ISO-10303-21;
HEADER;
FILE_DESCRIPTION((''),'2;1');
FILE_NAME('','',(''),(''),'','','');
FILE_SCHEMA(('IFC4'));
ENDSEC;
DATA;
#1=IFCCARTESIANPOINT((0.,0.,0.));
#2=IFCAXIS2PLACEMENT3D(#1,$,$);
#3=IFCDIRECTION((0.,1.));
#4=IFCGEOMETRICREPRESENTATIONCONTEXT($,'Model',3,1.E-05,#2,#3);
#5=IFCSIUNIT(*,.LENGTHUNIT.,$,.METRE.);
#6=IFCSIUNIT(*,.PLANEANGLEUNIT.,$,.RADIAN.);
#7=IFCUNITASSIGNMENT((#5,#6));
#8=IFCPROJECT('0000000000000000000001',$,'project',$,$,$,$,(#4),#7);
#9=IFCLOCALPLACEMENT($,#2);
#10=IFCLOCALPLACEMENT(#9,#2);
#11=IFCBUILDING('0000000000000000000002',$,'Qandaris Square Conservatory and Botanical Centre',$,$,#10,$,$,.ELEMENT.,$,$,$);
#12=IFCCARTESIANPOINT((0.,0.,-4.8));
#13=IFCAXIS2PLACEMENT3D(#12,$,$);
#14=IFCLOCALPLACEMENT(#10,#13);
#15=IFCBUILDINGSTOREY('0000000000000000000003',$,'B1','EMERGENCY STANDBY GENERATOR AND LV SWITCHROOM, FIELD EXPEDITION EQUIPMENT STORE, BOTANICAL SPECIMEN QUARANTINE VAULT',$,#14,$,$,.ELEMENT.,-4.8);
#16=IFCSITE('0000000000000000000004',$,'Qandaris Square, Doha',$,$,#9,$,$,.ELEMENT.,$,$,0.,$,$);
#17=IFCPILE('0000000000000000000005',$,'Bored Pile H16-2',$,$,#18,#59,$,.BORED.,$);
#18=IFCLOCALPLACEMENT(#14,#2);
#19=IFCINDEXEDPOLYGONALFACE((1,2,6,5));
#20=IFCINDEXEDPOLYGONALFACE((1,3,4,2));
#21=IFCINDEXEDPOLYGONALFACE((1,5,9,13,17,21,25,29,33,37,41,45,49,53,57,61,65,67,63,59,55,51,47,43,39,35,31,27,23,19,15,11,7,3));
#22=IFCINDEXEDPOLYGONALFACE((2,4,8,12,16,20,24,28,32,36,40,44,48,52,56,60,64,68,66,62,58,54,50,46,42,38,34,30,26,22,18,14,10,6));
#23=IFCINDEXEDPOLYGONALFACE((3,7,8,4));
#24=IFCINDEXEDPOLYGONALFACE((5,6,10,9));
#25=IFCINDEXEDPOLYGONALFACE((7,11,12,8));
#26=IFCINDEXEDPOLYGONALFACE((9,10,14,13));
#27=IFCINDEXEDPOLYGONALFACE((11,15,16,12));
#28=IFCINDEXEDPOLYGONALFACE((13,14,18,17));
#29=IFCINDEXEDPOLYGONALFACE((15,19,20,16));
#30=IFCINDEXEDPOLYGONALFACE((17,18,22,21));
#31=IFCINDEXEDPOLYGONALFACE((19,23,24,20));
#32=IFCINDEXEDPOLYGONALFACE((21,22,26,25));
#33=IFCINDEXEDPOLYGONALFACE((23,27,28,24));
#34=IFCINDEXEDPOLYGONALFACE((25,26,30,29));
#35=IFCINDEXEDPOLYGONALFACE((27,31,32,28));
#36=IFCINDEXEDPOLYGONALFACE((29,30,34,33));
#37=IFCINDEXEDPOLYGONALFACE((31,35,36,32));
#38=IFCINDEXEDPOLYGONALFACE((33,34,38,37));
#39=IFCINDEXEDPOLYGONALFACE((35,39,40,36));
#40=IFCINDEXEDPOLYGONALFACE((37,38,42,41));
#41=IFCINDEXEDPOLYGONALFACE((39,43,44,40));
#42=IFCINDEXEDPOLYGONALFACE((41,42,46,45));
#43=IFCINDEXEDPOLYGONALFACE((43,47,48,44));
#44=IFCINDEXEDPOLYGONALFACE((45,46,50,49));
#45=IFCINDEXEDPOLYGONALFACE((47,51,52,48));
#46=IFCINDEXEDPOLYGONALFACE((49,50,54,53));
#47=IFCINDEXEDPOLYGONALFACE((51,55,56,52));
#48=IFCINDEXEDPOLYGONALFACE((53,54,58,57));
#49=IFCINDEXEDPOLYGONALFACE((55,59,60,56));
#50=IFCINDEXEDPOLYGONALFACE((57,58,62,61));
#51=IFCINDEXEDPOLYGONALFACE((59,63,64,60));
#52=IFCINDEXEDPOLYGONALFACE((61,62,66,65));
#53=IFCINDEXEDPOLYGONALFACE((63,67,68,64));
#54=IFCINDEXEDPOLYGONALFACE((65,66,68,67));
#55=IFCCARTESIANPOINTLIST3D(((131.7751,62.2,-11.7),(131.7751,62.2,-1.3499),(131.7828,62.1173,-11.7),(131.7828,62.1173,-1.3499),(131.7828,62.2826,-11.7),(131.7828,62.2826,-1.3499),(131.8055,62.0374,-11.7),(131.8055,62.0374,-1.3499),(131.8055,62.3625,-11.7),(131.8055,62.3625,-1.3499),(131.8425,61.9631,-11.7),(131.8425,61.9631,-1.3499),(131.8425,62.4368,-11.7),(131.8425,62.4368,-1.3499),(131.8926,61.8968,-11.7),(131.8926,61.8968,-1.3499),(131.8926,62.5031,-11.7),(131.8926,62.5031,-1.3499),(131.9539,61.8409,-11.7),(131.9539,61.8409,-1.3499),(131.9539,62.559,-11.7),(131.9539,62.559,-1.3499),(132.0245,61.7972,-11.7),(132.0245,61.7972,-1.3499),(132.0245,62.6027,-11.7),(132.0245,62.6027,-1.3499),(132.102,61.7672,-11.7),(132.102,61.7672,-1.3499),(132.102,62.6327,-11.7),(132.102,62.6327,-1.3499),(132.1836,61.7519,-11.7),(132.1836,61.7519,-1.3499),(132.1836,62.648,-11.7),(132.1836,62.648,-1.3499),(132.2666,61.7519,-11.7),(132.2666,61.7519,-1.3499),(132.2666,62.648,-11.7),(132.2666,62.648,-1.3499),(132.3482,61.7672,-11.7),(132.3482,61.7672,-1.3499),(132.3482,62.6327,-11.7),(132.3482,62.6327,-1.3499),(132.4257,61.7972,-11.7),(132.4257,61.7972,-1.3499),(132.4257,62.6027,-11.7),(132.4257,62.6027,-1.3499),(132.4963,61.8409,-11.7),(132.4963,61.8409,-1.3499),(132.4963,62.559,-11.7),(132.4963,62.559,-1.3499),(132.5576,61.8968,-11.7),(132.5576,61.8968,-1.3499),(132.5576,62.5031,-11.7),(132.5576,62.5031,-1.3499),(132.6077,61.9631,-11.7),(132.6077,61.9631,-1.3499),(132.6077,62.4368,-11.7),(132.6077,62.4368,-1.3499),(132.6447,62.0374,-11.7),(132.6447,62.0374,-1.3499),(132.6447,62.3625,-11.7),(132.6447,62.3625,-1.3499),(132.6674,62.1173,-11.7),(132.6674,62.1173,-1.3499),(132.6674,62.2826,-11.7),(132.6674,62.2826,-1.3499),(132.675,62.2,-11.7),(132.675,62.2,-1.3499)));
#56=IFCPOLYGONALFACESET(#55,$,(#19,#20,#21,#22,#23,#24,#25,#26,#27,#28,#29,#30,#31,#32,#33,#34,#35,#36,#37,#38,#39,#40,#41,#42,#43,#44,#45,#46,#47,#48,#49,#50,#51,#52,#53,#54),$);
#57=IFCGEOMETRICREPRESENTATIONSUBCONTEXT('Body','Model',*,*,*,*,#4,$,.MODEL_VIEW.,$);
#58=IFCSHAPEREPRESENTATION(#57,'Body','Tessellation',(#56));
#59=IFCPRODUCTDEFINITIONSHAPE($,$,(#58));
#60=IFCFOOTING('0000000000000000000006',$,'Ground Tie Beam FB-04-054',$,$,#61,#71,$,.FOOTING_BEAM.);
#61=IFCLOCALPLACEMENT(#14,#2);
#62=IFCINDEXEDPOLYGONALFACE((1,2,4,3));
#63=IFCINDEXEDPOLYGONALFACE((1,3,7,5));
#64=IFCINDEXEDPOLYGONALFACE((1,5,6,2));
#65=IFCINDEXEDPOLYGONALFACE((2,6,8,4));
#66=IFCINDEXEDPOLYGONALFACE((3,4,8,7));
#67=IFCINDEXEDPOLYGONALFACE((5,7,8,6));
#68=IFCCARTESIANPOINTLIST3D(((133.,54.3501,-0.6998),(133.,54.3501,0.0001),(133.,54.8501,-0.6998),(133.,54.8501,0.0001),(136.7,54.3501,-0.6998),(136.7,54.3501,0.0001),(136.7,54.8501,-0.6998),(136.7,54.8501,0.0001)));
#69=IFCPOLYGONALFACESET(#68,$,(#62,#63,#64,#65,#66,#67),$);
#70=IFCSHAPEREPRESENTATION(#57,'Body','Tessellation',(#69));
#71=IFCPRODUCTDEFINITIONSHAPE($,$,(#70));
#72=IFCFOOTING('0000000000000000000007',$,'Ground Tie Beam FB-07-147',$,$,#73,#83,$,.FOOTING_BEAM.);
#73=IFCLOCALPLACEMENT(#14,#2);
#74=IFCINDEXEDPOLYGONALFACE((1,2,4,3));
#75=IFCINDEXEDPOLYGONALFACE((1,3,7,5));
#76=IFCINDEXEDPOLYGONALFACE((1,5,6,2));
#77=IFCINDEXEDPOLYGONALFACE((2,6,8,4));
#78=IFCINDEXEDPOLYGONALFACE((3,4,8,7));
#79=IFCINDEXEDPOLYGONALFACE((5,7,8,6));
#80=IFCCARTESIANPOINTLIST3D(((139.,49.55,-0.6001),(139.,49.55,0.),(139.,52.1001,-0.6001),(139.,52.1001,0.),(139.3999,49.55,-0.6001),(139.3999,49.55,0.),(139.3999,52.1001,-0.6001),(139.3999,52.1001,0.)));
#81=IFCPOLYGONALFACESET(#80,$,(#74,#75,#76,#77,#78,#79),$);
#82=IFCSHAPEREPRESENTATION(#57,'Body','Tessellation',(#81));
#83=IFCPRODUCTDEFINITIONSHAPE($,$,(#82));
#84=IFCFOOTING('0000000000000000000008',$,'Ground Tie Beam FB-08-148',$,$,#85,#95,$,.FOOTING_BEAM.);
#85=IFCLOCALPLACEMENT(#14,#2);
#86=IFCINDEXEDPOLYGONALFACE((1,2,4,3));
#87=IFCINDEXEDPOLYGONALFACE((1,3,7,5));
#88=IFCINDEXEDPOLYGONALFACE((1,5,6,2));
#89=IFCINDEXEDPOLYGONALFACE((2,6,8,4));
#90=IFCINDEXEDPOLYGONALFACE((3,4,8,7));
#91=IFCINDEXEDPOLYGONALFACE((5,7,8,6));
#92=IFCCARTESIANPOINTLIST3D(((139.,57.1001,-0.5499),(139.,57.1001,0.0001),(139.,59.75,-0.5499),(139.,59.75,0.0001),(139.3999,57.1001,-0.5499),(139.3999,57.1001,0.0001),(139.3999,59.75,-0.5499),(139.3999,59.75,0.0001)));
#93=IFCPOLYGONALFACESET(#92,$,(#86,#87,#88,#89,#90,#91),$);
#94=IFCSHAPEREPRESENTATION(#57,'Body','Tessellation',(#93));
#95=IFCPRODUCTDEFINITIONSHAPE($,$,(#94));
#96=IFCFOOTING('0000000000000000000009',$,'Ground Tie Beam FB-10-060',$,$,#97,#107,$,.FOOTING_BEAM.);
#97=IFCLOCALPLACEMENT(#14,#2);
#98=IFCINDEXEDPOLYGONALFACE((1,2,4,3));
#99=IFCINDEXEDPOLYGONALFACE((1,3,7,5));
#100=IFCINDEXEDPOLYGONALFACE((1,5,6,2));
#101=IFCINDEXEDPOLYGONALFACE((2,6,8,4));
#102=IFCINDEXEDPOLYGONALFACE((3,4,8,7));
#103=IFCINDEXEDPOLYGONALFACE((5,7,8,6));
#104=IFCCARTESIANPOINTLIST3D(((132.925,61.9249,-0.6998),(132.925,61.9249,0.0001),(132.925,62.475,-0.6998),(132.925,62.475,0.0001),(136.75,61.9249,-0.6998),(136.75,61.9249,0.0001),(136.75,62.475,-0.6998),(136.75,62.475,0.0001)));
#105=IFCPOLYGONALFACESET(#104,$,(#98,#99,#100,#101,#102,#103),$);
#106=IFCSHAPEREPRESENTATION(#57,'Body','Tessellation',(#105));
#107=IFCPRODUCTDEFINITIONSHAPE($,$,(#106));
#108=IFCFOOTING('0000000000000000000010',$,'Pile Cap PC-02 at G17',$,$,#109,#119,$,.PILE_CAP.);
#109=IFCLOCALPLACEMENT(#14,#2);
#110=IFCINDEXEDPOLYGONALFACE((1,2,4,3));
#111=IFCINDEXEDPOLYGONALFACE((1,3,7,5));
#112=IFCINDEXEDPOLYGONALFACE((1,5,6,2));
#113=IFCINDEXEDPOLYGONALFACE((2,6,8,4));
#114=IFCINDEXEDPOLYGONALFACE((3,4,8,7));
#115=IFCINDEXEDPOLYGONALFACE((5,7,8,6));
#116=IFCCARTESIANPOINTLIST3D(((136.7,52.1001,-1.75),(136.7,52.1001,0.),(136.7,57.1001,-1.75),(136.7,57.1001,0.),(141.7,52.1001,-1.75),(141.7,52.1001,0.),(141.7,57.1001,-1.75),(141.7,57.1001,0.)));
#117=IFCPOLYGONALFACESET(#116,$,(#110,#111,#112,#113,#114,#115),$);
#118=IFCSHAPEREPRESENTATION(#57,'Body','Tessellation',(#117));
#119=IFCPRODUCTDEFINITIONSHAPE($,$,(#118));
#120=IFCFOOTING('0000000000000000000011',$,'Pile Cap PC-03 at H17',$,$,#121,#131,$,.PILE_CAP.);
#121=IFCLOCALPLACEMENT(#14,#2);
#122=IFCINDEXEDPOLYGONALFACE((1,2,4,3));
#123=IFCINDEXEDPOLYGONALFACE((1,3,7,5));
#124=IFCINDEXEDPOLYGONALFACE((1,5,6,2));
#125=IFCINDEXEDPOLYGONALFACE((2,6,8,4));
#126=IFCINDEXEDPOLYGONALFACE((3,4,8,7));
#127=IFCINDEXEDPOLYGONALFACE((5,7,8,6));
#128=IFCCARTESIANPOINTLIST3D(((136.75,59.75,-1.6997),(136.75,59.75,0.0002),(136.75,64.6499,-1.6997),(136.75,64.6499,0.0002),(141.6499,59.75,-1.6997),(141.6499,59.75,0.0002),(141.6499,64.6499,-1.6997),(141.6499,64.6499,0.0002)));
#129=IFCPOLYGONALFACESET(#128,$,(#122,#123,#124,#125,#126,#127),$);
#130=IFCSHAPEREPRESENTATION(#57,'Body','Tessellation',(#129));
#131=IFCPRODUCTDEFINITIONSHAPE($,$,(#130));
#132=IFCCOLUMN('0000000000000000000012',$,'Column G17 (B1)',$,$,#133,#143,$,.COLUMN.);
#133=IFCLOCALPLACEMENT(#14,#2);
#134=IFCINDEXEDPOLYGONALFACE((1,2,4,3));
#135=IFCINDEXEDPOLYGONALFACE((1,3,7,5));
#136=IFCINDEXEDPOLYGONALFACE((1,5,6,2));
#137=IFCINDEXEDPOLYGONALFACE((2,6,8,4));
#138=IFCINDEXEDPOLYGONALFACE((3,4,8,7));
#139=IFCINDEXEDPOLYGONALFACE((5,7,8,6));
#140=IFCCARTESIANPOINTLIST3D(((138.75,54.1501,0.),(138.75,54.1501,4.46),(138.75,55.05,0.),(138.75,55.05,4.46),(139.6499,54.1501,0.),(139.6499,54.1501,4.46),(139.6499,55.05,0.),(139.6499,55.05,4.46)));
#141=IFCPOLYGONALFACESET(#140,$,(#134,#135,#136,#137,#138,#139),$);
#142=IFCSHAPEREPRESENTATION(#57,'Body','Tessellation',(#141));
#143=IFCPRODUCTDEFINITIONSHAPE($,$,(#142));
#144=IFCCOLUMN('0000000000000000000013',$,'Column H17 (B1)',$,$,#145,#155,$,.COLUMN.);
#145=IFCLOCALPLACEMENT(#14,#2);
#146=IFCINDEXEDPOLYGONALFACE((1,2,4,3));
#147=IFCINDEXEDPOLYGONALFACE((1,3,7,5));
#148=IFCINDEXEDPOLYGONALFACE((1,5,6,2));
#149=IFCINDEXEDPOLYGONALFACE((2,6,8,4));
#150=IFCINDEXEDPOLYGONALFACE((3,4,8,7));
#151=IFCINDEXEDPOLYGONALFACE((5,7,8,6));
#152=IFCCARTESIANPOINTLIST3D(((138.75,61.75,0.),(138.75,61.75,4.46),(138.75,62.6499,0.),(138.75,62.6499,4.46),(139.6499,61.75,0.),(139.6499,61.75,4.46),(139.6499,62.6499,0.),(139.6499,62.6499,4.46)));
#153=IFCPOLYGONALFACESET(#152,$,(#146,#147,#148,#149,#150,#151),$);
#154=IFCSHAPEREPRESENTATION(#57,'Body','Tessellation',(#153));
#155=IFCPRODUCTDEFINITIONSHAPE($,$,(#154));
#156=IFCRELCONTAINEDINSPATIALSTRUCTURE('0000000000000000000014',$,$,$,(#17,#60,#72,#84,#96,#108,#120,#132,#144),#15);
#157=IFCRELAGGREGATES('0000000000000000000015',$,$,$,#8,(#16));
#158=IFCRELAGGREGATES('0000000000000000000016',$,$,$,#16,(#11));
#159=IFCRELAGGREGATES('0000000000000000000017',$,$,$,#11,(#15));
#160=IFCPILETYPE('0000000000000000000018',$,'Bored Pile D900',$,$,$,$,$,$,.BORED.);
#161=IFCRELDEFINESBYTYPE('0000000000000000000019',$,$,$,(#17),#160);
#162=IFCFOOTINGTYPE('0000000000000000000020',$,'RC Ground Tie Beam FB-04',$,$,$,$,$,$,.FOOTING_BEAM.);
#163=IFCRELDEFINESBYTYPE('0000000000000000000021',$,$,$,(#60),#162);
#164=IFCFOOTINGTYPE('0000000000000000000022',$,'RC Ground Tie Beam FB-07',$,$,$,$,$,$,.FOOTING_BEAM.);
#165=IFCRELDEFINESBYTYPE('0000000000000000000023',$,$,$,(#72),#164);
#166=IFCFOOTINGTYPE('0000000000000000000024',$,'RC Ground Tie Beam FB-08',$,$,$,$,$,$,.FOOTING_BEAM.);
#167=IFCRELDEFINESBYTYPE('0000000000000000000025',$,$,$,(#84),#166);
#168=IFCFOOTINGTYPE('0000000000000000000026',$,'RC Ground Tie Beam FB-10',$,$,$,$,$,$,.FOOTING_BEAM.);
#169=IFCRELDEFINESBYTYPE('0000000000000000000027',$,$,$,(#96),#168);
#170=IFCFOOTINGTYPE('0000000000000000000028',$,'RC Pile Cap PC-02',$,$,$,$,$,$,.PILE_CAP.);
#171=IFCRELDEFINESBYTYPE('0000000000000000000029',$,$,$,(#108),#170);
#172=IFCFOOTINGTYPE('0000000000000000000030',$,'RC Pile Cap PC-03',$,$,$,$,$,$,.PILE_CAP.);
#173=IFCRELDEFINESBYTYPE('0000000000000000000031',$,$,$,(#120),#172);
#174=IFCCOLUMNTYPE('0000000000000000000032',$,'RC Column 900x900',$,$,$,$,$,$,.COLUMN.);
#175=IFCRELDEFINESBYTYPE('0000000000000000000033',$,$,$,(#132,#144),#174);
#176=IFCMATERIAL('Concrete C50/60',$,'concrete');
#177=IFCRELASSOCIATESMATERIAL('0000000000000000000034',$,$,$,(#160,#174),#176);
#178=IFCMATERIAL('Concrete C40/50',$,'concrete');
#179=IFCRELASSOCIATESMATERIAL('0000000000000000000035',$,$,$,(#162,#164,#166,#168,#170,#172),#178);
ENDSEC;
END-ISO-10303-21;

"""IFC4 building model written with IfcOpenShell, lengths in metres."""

from ifc_helpers import new_model, si_unit, direction, frame, origin, origin_2d, place, context, subcontext, project, spatial, rectangle, circle, extrude, material, material_profile, profile_set, type_object, element, save


model = new_model("IFC4")

# Units and contexts
model_context = context("Model", 3, precision=1e-05, world=origin(), true_north=direction((0.0, 1.0)))
body_context = subcontext(model_context, "Body", "Model", "MODEL_VIEW")
ifc_project = project(units=[si_unit("LENGTHUNIT", "METRE"), si_unit("PLANEANGLEUNIT", "RADIAN")], contexts=[model_context])

# Site, building, storey
site_placement = place(None, origin())
site = spatial("IfcSite", under=ifc_project, at=site_placement, Name="Qandaris Square, Doha", CompositionType="ELEMENT", RefElevation=0.0)
building_placement = place(site_placement, origin())
building = spatial("IfcBuilding", under=site, at=building_placement, Name="Qandaris Square Conservatory and Botanical Centre", CompositionType="ELEMENT")
storey_placement = place(building_placement, frame((0.0, 0.0, -4.8)))
storey = spatial("IfcBuildingStorey", under=building, at=storey_placement, Name="B1", Description="EMERGENCY STANDBY GENERATOR AND LV SWITCHROOM, FIELD EXPEDITION EQUIPMENT STORE, BOTANICAL SPECIMEN QUARANTINE VAULT", CompositionType="ELEMENT", Elevation=-4.8)

# Pile
ifc_material_1 = material(Name="Concrete C50/60", Category="concrete")
ifc_material_profile_1 = material_profile(ifc_material_1, circle(Radius=0.45, at=origin_2d()), Name="PILE D900")
ifc_profile_set_1 = profile_set([ifc_material_profile_1], Name="Concrete C50/60")
pile_type_1 = type_object("IfcPileType", Name="Bored Pile D900", PredefinedType="BORED", material=ifc_profile_set_1)
pile_1_placement = place(storey_placement, frame((132.2251, 62.2, -1.3499), z_axis=(0.0, 0.0, -1.0), x_axis=(1.0, 0.0, 0.0)))
element("IfcPile", 1, at=pile_1_placement, inside=storey, type_object=pile_type_1, Name="Bored Pile H16-2", PredefinedType="BORED", context=body_context, shape_type="SweptSolid", body=[
    extrude(circle(Radius=0.45, at=origin_2d()), origin(), (0.0, 0.0, 1.0), 10.3501),
])

# Footings
ifc_material_2 = material(Name="Concrete C40/50", Category="concrete")
ifc_material_profile_2 = material_profile(ifc_material_2, rectangle(XDim=0.5, YDim=0.7, at=origin_2d()), Name="FB 500x700")
ifc_profile_set_2 = profile_set([ifc_material_profile_2], Name="Concrete C40/50")
footing_type_1 = type_object("IfcFootingType", Name="RC Ground Tie Beam FB-04", PredefinedType="FOOTING_BEAM", material=ifc_profile_set_2)
footing_1_placement = place(storey_placement, frame((133.0, 54.6001, -0.3499), z_axis=(1.0, 0.0, 0.0), x_axis=(0.0, 1.0, 0.0)))
element("IfcFooting", 2, at=footing_1_placement, inside=storey, type_object=footing_type_1, Name="Ground Tie Beam FB-04-054", PredefinedType="FOOTING_BEAM", context=body_context, shape_type="SweptSolid", body=[
    extrude(rectangle(XDim=0.5, YDim=0.7, at=origin_2d()), origin(), (0.0, 0.0, 1.0), 3.7),
])
ifc_material_profile_3 = material_profile(ifc_material_2, rectangle(XDim=0.3999, YDim=0.6001, at=origin_2d()), Name="FB 400x600")
ifc_profile_set_3 = profile_set([ifc_material_profile_3], Name="Concrete C40/50")
footing_type_2 = type_object("IfcFootingType", Name="RC Ground Tie Beam FB-07", PredefinedType="FOOTING_BEAM", material=ifc_profile_set_3)
footing_2_placement = place(storey_placement, frame((139.2, 49.55, -0.3), z_axis=(0.0, 1.0, 0.0), x_axis=(-1.0, 0.0, 0.0)))
element("IfcFooting", 3, at=footing_2_placement, inside=storey, type_object=footing_type_2, Name="Ground Tie Beam FB-07-147", PredefinedType="FOOTING_BEAM", context=body_context, shape_type="SweptSolid", body=[
    extrude(rectangle(XDim=0.3999, YDim=0.6001, at=origin_2d()), origin(), (0.0, 0.0, 1.0), 2.55),
])
ifc_material_profile_4 = material_profile(ifc_material_2, rectangle(XDim=0.3999, YDim=0.55, at=origin_2d()), Name="FB 400x550")
ifc_profile_set_4 = profile_set([ifc_material_profile_4], Name="Concrete C40/50")
footing_type_3 = type_object("IfcFootingType", Name="RC Ground Tie Beam FB-08", PredefinedType="FOOTING_BEAM", material=ifc_profile_set_4)
footing_3_placement = place(storey_placement, frame((139.2, 57.1001, -0.2749), z_axis=(0.0, 1.0, 0.0), x_axis=(-1.0, 0.0, 0.0)))
element("IfcFooting", 4, at=footing_3_placement, inside=storey, type_object=footing_type_3, Name="Ground Tie Beam FB-08-148", PredefinedType="FOOTING_BEAM", context=body_context, shape_type="SweptSolid", body=[
    extrude(rectangle(XDim=0.3999, YDim=0.55, at=origin_2d()), origin(), (0.0, 0.0, 1.0), 2.6499),
])
ifc_material_profile_5 = material_profile(ifc_material_2, rectangle(XDim=0.55, YDim=0.7, at=origin_2d()), Name="FB 550x700")
ifc_profile_set_5 = profile_set([ifc_material_profile_5], Name="Concrete C40/50")
footing_type_4 = type_object("IfcFootingType", Name="RC Ground Tie Beam FB-10", PredefinedType="FOOTING_BEAM", material=ifc_profile_set_5)
footing_4_placement = place(storey_placement, frame((132.925, 62.2, -0.3499), z_axis=(1.0, 0.0, 0.0), x_axis=(0.0, 1.0, 0.0)))
element("IfcFooting", 5, at=footing_4_placement, inside=storey, type_object=footing_type_4, Name="Ground Tie Beam FB-10-060", PredefinedType="FOOTING_BEAM", context=body_context, shape_type="SweptSolid", body=[
    extrude(rectangle(XDim=0.55, YDim=0.7, at=origin_2d()), origin(), (0.0, 0.0, 1.0), 3.825),
])
footing_type_5 = type_object("IfcFootingType", Name="RC Pile Cap PC-02", PredefinedType="PILE_CAP", material=ifc_material_2)
footing_5_placement = place(storey_placement, frame((139.2, 54.6001, -1.75), z_axis=(0.0, 0.0, 1.0), x_axis=(1.0, 0.0, 0.0)))
element("IfcFooting", 6, at=footing_5_placement, inside=storey, type_object=footing_type_5, Name="Pile Cap PC-02 at G17", PredefinedType="PILE_CAP", context=body_context, shape_type="SweptSolid", body=[
    extrude(rectangle(XDim=5.0, YDim=5.0, at=origin_2d()), origin(), (0.0, 0.0, 1.0), 1.75),
])
footing_type_6 = type_object("IfcFootingType", Name="RC Pile Cap PC-03", PredefinedType="PILE_CAP", material=ifc_material_2)
footing_6_placement = place(storey_placement, frame((139.2, 62.2, -1.6997), z_axis=(0.0, 0.0, 1.0), x_axis=(1.0, 0.0, 0.0)))
element("IfcFooting", 7, at=footing_6_placement, inside=storey, type_object=footing_type_6, Name="Pile Cap PC-03 at H17", PredefinedType="PILE_CAP", context=body_context, shape_type="SweptSolid", body=[
    extrude(rectangle(XDim=4.8999, YDim=4.8999, at=origin_2d()), origin(), (0.0, 0.0, 1.0), 1.7),
])

# Columns
ifc_material_profile_6 = material_profile(ifc_material_1, rectangle(XDim=0.8999, YDim=0.8999, at=origin_2d()), Name="RC-COL 900x900")
ifc_profile_set_6 = profile_set([ifc_material_profile_6], Name="Concrete C50/60")
column_type = type_object("IfcColumnType", Name="RC Column 900x900", PredefinedType="COLUMN", material=ifc_profile_set_6)
for number, where, z_axis, x_axis, name in (
    (8, (139.2, 54.6001, 0.0), (0.0, 0.0, 1.0), (1.0, 0.0, 0.0), "Column G17 (B1)"),
    (9, (139.2, 62.2, 0.0), (0.0, 0.0, 1.0), (1.0, 0.0, 0.0), "Column H17 (B1)"),
):
    element("IfcColumn", number, at=place(storey_placement, frame(where, z_axis=z_axis, x_axis=x_axis)), inside=storey, type_object=column_type, Name=name, PredefinedType="COLUMN", context=body_context, shape_type="SweptSolid", body=[
        extrude(rectangle(XDim=0.8999, YDim=0.8999, at=origin_2d()), origin(), (0.0, 0.0, 1.0), 4.46),
    ])

save(model, "model.ifc")
